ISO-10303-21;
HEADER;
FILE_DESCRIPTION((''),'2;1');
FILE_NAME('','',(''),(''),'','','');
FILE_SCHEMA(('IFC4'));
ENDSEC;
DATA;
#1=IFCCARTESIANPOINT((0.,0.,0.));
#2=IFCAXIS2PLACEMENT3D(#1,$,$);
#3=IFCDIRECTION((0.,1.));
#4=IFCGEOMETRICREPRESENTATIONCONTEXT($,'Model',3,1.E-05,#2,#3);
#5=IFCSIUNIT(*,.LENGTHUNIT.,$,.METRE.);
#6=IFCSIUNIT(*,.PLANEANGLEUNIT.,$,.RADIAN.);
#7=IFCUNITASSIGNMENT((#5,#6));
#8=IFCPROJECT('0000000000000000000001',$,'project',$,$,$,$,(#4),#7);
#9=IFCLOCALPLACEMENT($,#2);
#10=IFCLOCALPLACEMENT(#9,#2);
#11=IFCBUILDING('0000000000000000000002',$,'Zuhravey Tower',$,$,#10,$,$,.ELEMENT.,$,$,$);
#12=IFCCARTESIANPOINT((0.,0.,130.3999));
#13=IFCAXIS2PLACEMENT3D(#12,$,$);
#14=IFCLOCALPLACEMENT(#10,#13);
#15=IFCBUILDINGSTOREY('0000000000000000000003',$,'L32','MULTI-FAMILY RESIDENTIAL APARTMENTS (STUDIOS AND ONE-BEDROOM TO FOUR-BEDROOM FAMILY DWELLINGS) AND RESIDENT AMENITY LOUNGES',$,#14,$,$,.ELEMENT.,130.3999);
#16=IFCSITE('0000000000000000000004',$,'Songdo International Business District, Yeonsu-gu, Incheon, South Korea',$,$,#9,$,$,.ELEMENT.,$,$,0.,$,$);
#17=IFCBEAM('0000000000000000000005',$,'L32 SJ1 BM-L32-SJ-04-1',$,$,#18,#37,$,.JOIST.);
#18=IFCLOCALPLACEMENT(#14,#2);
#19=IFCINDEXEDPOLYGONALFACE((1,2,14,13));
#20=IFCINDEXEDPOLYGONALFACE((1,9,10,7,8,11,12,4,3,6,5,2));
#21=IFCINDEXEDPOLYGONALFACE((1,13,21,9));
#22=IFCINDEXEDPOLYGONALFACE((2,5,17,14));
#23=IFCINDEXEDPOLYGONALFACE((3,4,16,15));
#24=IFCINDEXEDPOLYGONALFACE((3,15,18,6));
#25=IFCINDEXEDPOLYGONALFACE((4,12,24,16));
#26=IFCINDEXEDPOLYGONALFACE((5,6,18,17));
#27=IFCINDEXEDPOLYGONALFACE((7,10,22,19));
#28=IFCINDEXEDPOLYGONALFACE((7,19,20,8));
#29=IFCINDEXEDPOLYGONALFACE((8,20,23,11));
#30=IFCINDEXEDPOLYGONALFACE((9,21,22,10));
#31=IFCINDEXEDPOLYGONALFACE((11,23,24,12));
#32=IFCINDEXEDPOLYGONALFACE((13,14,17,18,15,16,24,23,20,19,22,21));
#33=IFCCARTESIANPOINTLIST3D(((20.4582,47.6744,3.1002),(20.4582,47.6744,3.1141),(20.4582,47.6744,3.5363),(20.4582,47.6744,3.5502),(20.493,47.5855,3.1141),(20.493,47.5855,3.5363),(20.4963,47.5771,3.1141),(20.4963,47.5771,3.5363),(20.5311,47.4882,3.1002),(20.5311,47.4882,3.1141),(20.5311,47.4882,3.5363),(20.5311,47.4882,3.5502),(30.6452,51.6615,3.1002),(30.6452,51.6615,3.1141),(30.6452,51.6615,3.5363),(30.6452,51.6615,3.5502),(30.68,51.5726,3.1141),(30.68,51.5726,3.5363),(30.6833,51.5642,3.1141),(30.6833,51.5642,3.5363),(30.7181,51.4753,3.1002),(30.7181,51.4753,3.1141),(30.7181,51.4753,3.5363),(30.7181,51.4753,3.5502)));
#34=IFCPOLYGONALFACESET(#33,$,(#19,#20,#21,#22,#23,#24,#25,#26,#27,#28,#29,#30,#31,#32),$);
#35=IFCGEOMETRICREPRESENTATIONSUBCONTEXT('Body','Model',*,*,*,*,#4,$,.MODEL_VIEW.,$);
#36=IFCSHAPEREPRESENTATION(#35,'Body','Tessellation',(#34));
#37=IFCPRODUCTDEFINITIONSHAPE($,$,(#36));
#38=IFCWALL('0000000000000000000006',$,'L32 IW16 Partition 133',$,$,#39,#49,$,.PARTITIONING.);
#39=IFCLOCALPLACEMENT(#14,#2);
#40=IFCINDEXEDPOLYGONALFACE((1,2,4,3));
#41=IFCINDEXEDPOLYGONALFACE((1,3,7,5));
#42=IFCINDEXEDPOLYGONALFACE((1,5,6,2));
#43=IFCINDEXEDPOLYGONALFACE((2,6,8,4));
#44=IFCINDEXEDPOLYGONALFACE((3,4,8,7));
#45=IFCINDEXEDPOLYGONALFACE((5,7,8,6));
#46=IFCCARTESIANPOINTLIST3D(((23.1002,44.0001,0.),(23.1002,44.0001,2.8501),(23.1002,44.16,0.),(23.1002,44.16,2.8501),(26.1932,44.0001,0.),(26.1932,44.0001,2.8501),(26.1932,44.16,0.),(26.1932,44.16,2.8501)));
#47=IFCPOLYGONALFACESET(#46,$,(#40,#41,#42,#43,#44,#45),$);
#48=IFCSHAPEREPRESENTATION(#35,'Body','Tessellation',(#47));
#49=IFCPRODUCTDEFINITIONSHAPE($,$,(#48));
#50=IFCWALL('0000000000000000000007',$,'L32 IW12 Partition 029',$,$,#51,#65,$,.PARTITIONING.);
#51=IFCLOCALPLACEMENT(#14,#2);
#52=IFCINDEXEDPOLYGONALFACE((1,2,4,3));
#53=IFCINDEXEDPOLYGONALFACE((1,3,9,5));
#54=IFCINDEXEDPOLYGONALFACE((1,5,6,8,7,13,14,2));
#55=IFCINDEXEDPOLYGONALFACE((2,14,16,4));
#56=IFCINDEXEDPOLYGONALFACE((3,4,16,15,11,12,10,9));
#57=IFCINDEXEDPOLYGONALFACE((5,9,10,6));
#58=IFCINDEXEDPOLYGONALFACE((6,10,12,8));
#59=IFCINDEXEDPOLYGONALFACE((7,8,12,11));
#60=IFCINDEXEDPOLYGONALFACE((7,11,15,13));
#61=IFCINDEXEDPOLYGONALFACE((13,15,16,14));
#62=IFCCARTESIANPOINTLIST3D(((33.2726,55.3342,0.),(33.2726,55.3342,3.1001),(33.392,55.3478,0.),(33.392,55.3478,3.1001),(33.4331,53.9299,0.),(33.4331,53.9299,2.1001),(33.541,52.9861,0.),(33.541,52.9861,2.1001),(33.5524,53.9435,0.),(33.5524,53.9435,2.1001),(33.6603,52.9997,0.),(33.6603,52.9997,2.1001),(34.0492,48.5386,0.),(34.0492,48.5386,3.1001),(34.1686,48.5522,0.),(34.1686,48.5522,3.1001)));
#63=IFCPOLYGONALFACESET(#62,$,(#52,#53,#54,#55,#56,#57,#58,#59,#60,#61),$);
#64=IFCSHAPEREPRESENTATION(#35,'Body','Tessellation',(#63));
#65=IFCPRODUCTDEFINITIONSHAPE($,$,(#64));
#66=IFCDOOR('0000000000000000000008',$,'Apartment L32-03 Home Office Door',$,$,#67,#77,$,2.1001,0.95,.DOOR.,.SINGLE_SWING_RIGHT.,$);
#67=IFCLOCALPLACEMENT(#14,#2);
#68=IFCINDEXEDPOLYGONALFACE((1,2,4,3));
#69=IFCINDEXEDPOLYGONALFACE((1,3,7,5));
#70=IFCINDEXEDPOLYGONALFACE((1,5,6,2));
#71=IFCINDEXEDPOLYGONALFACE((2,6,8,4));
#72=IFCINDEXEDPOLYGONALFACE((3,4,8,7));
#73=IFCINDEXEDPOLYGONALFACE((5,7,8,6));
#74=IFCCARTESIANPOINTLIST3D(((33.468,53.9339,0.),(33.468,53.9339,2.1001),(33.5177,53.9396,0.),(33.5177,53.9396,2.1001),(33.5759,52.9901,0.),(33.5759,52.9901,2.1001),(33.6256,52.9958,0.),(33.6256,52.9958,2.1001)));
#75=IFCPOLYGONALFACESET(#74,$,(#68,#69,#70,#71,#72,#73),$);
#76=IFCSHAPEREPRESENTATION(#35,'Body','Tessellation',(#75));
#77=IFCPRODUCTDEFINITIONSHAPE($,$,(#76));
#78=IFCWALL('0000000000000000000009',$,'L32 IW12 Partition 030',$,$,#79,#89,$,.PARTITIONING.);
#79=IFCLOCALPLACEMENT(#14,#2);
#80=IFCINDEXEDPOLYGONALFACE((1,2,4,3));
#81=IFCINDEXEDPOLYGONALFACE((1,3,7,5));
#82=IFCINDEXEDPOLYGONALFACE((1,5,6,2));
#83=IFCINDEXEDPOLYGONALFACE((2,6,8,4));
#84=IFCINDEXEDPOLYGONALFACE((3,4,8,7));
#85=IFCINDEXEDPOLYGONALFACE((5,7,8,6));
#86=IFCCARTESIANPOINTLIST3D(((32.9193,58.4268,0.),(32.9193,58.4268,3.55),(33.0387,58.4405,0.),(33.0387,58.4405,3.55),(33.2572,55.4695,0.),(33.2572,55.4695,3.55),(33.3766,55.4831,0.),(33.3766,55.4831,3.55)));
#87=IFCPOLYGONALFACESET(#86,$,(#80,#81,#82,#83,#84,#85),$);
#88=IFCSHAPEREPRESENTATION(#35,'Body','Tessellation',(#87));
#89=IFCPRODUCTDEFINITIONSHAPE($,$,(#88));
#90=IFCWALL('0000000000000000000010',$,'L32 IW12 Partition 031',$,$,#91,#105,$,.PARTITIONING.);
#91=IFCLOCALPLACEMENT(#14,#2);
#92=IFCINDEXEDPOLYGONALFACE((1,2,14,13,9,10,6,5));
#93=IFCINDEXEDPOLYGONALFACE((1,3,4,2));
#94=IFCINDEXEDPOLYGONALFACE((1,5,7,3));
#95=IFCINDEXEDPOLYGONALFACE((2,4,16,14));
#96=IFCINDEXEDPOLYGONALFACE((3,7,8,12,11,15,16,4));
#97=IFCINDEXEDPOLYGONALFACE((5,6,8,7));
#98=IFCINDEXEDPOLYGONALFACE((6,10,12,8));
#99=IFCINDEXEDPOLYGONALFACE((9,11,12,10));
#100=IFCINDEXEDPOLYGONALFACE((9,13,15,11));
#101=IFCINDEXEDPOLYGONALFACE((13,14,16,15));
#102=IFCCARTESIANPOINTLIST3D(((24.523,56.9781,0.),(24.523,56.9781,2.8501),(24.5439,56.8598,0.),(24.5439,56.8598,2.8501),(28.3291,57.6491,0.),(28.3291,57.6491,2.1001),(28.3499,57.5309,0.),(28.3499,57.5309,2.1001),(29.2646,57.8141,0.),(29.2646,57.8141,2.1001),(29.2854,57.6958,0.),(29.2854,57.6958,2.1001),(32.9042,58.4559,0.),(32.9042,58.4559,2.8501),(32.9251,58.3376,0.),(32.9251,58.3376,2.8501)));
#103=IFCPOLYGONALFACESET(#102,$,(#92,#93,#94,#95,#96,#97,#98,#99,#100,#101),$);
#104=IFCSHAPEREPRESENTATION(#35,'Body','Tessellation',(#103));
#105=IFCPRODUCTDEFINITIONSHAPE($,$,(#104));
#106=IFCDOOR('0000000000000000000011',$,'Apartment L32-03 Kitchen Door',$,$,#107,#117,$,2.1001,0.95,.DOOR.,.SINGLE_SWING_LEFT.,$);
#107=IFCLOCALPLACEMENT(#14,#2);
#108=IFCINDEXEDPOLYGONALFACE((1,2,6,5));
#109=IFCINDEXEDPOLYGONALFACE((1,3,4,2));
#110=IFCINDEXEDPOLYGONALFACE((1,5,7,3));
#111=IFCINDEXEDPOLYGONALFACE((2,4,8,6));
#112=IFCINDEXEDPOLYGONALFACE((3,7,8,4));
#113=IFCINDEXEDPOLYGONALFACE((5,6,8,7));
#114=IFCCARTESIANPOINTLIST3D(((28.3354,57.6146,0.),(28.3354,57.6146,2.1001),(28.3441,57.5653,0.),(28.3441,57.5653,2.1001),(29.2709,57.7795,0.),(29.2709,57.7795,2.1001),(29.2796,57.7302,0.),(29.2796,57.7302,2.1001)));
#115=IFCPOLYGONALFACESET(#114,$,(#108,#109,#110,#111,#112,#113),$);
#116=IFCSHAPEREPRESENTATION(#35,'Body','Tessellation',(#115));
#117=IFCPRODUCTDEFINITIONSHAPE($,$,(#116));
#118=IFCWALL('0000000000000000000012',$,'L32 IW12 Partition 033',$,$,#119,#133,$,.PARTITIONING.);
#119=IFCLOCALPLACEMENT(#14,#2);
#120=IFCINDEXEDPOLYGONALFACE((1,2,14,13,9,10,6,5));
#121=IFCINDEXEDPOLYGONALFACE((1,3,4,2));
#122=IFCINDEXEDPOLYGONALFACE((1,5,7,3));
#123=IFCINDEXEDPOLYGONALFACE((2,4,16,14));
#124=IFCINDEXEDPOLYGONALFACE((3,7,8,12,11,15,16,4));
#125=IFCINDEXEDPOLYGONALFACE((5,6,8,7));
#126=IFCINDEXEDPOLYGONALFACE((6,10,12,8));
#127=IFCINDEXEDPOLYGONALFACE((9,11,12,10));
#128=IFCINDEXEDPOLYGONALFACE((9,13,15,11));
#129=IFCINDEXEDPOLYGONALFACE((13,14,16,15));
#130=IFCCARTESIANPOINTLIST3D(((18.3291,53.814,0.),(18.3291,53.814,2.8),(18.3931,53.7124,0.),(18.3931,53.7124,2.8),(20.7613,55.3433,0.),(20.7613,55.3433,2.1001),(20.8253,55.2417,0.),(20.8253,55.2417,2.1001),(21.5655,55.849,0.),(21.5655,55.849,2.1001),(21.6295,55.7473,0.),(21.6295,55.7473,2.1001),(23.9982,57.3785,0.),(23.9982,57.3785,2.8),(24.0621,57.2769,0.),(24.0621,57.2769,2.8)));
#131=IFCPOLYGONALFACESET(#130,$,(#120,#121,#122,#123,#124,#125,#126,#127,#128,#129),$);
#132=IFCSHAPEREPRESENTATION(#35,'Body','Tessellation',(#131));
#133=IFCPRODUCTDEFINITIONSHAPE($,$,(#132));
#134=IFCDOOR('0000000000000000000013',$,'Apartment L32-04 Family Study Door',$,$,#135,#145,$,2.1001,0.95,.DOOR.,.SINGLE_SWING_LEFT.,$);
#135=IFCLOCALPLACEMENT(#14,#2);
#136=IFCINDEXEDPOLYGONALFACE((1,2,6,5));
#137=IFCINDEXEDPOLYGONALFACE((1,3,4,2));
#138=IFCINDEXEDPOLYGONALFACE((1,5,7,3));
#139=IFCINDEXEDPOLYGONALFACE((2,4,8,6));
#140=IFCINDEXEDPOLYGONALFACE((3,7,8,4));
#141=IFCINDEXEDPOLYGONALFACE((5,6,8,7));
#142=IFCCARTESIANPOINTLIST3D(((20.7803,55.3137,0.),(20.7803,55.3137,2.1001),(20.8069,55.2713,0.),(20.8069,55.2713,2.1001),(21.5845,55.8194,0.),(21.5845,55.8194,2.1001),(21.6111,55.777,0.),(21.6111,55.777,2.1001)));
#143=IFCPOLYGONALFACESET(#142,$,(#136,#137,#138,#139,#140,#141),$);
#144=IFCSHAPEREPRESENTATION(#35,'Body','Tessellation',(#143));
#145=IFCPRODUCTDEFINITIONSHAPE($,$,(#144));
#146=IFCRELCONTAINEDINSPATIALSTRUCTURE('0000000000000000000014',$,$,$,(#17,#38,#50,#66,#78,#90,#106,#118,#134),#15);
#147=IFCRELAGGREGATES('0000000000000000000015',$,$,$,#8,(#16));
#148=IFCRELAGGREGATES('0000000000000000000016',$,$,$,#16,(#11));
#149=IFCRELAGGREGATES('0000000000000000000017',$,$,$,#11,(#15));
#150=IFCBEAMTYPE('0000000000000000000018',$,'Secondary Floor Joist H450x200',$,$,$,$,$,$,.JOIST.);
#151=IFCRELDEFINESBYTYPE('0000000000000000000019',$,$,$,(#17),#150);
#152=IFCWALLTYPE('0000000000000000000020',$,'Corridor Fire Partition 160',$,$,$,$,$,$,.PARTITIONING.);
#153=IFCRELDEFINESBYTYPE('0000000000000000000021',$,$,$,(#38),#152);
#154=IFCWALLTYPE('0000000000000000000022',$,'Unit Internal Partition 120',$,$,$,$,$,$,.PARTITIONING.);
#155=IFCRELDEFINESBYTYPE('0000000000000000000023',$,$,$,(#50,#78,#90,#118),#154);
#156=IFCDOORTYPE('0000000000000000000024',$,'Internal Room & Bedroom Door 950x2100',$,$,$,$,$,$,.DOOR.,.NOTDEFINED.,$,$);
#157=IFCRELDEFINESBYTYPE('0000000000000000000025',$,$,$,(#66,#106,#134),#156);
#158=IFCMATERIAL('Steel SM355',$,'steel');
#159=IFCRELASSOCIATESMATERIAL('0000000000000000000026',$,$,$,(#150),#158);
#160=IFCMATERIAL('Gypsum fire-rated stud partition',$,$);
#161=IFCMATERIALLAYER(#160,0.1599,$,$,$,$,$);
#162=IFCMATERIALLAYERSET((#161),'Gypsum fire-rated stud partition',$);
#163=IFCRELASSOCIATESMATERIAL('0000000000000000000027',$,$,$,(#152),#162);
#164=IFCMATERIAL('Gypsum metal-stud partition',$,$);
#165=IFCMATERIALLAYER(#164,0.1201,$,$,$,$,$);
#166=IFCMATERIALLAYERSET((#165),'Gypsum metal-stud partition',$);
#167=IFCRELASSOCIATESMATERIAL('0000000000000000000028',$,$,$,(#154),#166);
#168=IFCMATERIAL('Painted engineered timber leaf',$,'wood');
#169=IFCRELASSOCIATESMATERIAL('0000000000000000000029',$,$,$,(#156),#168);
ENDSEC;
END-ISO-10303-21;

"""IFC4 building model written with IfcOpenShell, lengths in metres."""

from ifc_helpers import new_model, si_unit, direction, frame, frame_2d, origin, origin_2d, place, context, subcontext, project, spatial, rectangle, i_section, extrude, material, layer, layer_set, material_profile, profile_set, type_object, element, fill, save


model = new_model("IFC4")

# Units and contexts
model_context = context("Model", 3, precision=1e-05, world=origin(), true_north=direction((0.0, 1.0)))
body_context = subcontext(model_context, "Body", "Model", "MODEL_VIEW")
ifc_project = project(units=[si_unit("LENGTHUNIT", "METRE"), si_unit("PLANEANGLEUNIT", "RADIAN")], contexts=[model_context])

# Site, building, storey
site_placement = place(None, origin())
site = spatial("IfcSite", under=ifc_project, at=site_placement, Name="Songdo International Business District, Yeonsu-gu, Incheon, South Korea", CompositionType="ELEMENT", RefElevation=0.0)
building_placement = place(site_placement, origin())
building = spatial("IfcBuilding", under=site, at=building_placement, Name="Zuhravey Tower", CompositionType="ELEMENT")
storey_placement = place(building_placement, frame((0.0, 0.0, 130.3999)))
storey = spatial("IfcBuildingStorey", under=building, at=storey_placement, Name="L32", Description="MULTI-FAMILY RESIDENTIAL APARTMENTS (STUDIOS AND ONE-BEDROOM TO FOUR-BEDROOM FAMILY DWELLINGS) AND RESIDENT AMENITY LOUNGES", CompositionType="ELEMENT", Elevation=130.3999)

# Beam
ifc_material_1 = material(Name="Steel SM355", Category="steel")
ifc_material_profile = material_profile(ifc_material_1, i_section(OverallWidth=0.2, OverallDepth=0.45, WebThickness=0.009, FlangeThickness=0.0139, at=origin_2d()), Name="H-450x200x9x14")
ifc_profile_set = profile_set([ifc_material_profile], Name="Steel SM355")
beam_type = type_object("IfcBeamType", Name="Secondary Floor Joist H450x200", PredefinedType="JOIST", material=ifc_profile_set)
beam_placement = place(storey_placement, frame((30.6816, 51.5684, 3.3252), z_axis=(-0.931217, -0.364466, 0.0), x_axis=(0.364466, -0.931217, 0.0)))
element("IfcBeam", 1, at=beam_placement, inside=storey, type_object=beam_type, Name="L32 SJ1 BM-L32-SJ-04-1", PredefinedType="JOIST", context=body_context, shape_type="SweptSolid", body=[
    extrude(i_section(OverallWidth=0.2, OverallDepth=0.45, WebThickness=0.009, FlangeThickness=0.0139, at=origin_2d()), origin(), (0.0, 0.0, 1.0), 10.9395),
])

# Shared definitions
ifc_material_2 = material(Name="Gypsum fire-rated stud partition")
ifc_layer_1 = layer(ifc_material_2, 0.1599)
ifc_layer_set_1 = layer_set([ifc_layer_1], Name="Gypsum fire-rated stud partition")
wall_type_1 = type_object("IfcWallType", Name="Corridor Fire Partition 160", PredefinedType="PARTITIONING", material=ifc_layer_set_1)

# Wall
wall_1_placement = place(storey_placement, frame((26.1931, 44.0801, 0.0), z_axis=(0.0, 0.0, 1.0), x_axis=(-1.0, 0.0, 0.0)))
element("IfcWall", 2, at=wall_1_placement, inside=storey, type_object=wall_type_1, Name="L32 IW16 Partition 133", PredefinedType="PARTITIONING", context=body_context, shape_type="SweptSolid", body=[
    extrude(rectangle(XDim=3.093, YDim=0.1599, at=frame_2d((1.5464, 0.0))), origin(), (0.0, 0.0, 1.0), 2.8501),
])

# Wall, opening, door
ifc_material_3 = material(Name="Gypsum metal-stud partition")
ifc_layer_2 = layer(ifc_material_3, 0.1201)
ifc_layer_set_2 = layer_set([ifc_layer_2], Name="Gypsum metal-stud partition")
wall_type_2 = type_object("IfcWallType", Name="Unit Internal Partition 120", PredefinedType="PARTITIONING", material=ifc_layer_set_2)
wall_2_placement = place(storey_placement, frame((34.1089, 48.5454, 0.0), z_axis=(0.0, 0.0, 1.0), x_axis=(-0.113542, 0.993533, 0.0)))
wall_2 = element("IfcWall", 3, at=wall_2_placement, inside=storey, type_object=wall_type_2, Name="L32 IW12 Partition 029", PredefinedType="PARTITIONING", context=body_context, shape_type="SweptSolid", body=[
    extrude(rectangle(XDim=6.8398, YDim=0.1201, at=frame_2d((3.4199, 0.0))), origin(), (0.0, 0.0, 1.0), 3.1001),
])
opening_1_placement = place(wall_2_placement, frame((4.4763, 0.0, 0.0)))
opening_1 = element("IfcOpeningElement", 4, at=opening_1_placement, cuts=wall_2, PredefinedType="OPENING", context=body_context, shape_type="SweptSolid", body=[
    extrude(rectangle(XDim=0.95, YDim=2.1001, at=frame_2d((0.4751, 1.05))), frame((0.0, 0.072, 0.0), z_axis=(0.0, -1.0, 0.0), x_axis=(1.0, 0.0, 0.0)), (0.0, 0.0, 1.0), 0.144),
])
ifc_material_4 = material(Name="Painted engineered timber leaf", Category="wood")
door_type_1 = type_object("IfcDoorType", Name="Internal Room & Bedroom Door 950x2100", OperationType="NOTDEFINED", PredefinedType="DOOR", material=ifc_material_4)
door_1_placement = place(opening_1_placement, origin())
door_1 = element("IfcDoor", 5, at=door_1_placement, inside=storey, type_object=door_type_1, Name="Apartment L32-03 Home Office Door", OperationType="SINGLE_SWING_RIGHT", OverallHeight=2.1001, OverallWidth=0.95, PredefinedType="DOOR", context=body_context, shape_type="SweptSolid", body=[
    extrude(rectangle(XDim=0.95, YDim=2.1001, at=frame_2d((0.4751, 1.05))), frame((0.0, 0.0249, 0.0), z_axis=(0.0, -1.0, 0.0), x_axis=(1.0, 0.0, 0.0)), (0.0, 0.0, 1.0), 0.05),
])
fill(opening_1, door_1)

# Wall
wall_3_placement = place(storey_placement, frame((33.3169, 55.4763, 0.0), z_axis=(0.0, 0.0, 1.0), x_axis=(-0.113519, 0.993536, 0.0)))
element("IfcWall", 6, at=wall_3_placement, inside=storey, type_object=wall_type_2, Name="L32 IW12 Partition 030", PredefinedType="PARTITIONING", context=body_context, shape_type="SweptSolid", body=[
    extrude(rectangle(XDim=2.9766, YDim=0.1201, at=frame_2d((1.4883, 0.0))), origin(), (0.0, 0.0, 1.0), 3.55),
])

# Walls, openings, doors
wall_4_placement = place(storey_placement, frame((32.9148, 58.3967, 0.0), z_axis=(0.0, 0.0, 1.0), x_axis=(-0.984808, -0.173645, 0.0)))
wall_4 = element("IfcWall", 7, at=wall_4_placement, inside=storey, type_object=wall_type_2, Name="L32 IW12 Partition 031", PredefinedType="PARTITIONING", context=body_context, shape_type="SweptSolid", body=[
    extrude(rectangle(XDim=8.5105, YDim=0.1201, at=frame_2d((4.2554, 0.0))), origin(), (0.0, 0.0, 1.0), 2.8501),
])
opening_2_placement = place(wall_4_placement, frame((3.6958, 0.0, 0.0)))
opening_2 = element("IfcOpeningElement", 8, at=opening_2_placement, cuts=wall_4, PredefinedType="OPENING", context=body_context, shape_type="SweptSolid", body=[
    extrude(rectangle(XDim=0.95, YDim=2.1001, at=frame_2d((0.4751, 1.05))), frame((0.0, 0.072, 0.0), z_axis=(0.0, -1.0, 0.0), x_axis=(1.0, 0.0, 0.0)), (0.0, 0.0, 1.0), 0.144),
])
door_2_placement = place(opening_2_placement, frame((0.95, 0.0, 0.0), z_axis=(0.0, 0.0, 1.0), x_axis=(-1.0, 0.0, 0.0)))
door_2 = element("IfcDoor", 9, at=door_2_placement, inside=storey, type_object=door_type_1, Name="Apartment L32-03 Kitchen Door", OperationType="SINGLE_SWING_LEFT", OverallHeight=2.1001, OverallWidth=0.95, PredefinedType="DOOR", context=body_context, shape_type="SweptSolid", body=[
    extrude(rectangle(XDim=0.95, YDim=2.1001, at=frame_2d((0.4751, 1.05))), frame((0.0, 0.0249, 0.0), z_axis=(0.0, -1.0, 0.0), x_axis=(1.0, 0.0, 0.0)), (0.0, 0.0, 1.0), 0.05),
])
fill(opening_2, door_2)
wall_5_placement = place(storey_placement, frame((24.03, 57.3276, 0.0), z_axis=(0.0, 0.0, 1.0), x_axis=(-0.846561, -0.532291, 0.0)))
wall_5 = element("IfcWall", 10, at=wall_5_placement, inside=storey, type_object=wall_type_2, Name="L32 IW12 Partition 033", PredefinedType="PARTITIONING", context=body_context, shape_type="SweptSolid", body=[
    extrude(rectangle(XDim=6.6965, YDim=0.1201, at=frame_2d((3.3481, 0.0))), origin(), (0.0, 0.0, 1.0), 2.8),
])
opening_3_placement = place(wall_5_placement, frame((2.8733, 0.0, 0.0)))
opening_3 = element("IfcOpeningElement", 11, at=opening_3_placement, cuts=wall_5, PredefinedType="OPENING", context=body_context, shape_type="SweptSolid", body=[
    extrude(rectangle(XDim=0.95, YDim=2.1001, at=frame_2d((0.4751, 1.05))), frame((0.0, 0.072, 0.0), z_axis=(0.0, -1.0, 0.0), x_axis=(1.0, 0.0, 0.0)), (0.0, 0.0, 1.0), 0.144),
])
door_3_placement = place(opening_3_placement, frame((0.95, 0.0, 0.0), z_axis=(0.0, 0.0, 1.0), x_axis=(-1.0, 0.0, 0.0)))
door_3 = element("IfcDoor", 12, at=door_3_placement, inside=storey, type_object=door_type_1, Name="Apartment L32-04 Family Study Door", OperationType="SINGLE_SWING_LEFT", OverallHeight=2.1001, OverallWidth=0.95, PredefinedType="DOOR", context=body_context, shape_type="SweptSolid", body=[
    extrude(rectangle(XDim=0.95, YDim=2.1001, at=frame_2d((0.4751, 1.05))), frame((0.0, 0.0249, 0.0), z_axis=(0.0, -1.0, 0.0), x_axis=(1.0, 0.0, 0.0)), (0.0, 0.0, 1.0), 0.05),
])
fill(opening_3, door_3)

save(model, "model.ifc")
